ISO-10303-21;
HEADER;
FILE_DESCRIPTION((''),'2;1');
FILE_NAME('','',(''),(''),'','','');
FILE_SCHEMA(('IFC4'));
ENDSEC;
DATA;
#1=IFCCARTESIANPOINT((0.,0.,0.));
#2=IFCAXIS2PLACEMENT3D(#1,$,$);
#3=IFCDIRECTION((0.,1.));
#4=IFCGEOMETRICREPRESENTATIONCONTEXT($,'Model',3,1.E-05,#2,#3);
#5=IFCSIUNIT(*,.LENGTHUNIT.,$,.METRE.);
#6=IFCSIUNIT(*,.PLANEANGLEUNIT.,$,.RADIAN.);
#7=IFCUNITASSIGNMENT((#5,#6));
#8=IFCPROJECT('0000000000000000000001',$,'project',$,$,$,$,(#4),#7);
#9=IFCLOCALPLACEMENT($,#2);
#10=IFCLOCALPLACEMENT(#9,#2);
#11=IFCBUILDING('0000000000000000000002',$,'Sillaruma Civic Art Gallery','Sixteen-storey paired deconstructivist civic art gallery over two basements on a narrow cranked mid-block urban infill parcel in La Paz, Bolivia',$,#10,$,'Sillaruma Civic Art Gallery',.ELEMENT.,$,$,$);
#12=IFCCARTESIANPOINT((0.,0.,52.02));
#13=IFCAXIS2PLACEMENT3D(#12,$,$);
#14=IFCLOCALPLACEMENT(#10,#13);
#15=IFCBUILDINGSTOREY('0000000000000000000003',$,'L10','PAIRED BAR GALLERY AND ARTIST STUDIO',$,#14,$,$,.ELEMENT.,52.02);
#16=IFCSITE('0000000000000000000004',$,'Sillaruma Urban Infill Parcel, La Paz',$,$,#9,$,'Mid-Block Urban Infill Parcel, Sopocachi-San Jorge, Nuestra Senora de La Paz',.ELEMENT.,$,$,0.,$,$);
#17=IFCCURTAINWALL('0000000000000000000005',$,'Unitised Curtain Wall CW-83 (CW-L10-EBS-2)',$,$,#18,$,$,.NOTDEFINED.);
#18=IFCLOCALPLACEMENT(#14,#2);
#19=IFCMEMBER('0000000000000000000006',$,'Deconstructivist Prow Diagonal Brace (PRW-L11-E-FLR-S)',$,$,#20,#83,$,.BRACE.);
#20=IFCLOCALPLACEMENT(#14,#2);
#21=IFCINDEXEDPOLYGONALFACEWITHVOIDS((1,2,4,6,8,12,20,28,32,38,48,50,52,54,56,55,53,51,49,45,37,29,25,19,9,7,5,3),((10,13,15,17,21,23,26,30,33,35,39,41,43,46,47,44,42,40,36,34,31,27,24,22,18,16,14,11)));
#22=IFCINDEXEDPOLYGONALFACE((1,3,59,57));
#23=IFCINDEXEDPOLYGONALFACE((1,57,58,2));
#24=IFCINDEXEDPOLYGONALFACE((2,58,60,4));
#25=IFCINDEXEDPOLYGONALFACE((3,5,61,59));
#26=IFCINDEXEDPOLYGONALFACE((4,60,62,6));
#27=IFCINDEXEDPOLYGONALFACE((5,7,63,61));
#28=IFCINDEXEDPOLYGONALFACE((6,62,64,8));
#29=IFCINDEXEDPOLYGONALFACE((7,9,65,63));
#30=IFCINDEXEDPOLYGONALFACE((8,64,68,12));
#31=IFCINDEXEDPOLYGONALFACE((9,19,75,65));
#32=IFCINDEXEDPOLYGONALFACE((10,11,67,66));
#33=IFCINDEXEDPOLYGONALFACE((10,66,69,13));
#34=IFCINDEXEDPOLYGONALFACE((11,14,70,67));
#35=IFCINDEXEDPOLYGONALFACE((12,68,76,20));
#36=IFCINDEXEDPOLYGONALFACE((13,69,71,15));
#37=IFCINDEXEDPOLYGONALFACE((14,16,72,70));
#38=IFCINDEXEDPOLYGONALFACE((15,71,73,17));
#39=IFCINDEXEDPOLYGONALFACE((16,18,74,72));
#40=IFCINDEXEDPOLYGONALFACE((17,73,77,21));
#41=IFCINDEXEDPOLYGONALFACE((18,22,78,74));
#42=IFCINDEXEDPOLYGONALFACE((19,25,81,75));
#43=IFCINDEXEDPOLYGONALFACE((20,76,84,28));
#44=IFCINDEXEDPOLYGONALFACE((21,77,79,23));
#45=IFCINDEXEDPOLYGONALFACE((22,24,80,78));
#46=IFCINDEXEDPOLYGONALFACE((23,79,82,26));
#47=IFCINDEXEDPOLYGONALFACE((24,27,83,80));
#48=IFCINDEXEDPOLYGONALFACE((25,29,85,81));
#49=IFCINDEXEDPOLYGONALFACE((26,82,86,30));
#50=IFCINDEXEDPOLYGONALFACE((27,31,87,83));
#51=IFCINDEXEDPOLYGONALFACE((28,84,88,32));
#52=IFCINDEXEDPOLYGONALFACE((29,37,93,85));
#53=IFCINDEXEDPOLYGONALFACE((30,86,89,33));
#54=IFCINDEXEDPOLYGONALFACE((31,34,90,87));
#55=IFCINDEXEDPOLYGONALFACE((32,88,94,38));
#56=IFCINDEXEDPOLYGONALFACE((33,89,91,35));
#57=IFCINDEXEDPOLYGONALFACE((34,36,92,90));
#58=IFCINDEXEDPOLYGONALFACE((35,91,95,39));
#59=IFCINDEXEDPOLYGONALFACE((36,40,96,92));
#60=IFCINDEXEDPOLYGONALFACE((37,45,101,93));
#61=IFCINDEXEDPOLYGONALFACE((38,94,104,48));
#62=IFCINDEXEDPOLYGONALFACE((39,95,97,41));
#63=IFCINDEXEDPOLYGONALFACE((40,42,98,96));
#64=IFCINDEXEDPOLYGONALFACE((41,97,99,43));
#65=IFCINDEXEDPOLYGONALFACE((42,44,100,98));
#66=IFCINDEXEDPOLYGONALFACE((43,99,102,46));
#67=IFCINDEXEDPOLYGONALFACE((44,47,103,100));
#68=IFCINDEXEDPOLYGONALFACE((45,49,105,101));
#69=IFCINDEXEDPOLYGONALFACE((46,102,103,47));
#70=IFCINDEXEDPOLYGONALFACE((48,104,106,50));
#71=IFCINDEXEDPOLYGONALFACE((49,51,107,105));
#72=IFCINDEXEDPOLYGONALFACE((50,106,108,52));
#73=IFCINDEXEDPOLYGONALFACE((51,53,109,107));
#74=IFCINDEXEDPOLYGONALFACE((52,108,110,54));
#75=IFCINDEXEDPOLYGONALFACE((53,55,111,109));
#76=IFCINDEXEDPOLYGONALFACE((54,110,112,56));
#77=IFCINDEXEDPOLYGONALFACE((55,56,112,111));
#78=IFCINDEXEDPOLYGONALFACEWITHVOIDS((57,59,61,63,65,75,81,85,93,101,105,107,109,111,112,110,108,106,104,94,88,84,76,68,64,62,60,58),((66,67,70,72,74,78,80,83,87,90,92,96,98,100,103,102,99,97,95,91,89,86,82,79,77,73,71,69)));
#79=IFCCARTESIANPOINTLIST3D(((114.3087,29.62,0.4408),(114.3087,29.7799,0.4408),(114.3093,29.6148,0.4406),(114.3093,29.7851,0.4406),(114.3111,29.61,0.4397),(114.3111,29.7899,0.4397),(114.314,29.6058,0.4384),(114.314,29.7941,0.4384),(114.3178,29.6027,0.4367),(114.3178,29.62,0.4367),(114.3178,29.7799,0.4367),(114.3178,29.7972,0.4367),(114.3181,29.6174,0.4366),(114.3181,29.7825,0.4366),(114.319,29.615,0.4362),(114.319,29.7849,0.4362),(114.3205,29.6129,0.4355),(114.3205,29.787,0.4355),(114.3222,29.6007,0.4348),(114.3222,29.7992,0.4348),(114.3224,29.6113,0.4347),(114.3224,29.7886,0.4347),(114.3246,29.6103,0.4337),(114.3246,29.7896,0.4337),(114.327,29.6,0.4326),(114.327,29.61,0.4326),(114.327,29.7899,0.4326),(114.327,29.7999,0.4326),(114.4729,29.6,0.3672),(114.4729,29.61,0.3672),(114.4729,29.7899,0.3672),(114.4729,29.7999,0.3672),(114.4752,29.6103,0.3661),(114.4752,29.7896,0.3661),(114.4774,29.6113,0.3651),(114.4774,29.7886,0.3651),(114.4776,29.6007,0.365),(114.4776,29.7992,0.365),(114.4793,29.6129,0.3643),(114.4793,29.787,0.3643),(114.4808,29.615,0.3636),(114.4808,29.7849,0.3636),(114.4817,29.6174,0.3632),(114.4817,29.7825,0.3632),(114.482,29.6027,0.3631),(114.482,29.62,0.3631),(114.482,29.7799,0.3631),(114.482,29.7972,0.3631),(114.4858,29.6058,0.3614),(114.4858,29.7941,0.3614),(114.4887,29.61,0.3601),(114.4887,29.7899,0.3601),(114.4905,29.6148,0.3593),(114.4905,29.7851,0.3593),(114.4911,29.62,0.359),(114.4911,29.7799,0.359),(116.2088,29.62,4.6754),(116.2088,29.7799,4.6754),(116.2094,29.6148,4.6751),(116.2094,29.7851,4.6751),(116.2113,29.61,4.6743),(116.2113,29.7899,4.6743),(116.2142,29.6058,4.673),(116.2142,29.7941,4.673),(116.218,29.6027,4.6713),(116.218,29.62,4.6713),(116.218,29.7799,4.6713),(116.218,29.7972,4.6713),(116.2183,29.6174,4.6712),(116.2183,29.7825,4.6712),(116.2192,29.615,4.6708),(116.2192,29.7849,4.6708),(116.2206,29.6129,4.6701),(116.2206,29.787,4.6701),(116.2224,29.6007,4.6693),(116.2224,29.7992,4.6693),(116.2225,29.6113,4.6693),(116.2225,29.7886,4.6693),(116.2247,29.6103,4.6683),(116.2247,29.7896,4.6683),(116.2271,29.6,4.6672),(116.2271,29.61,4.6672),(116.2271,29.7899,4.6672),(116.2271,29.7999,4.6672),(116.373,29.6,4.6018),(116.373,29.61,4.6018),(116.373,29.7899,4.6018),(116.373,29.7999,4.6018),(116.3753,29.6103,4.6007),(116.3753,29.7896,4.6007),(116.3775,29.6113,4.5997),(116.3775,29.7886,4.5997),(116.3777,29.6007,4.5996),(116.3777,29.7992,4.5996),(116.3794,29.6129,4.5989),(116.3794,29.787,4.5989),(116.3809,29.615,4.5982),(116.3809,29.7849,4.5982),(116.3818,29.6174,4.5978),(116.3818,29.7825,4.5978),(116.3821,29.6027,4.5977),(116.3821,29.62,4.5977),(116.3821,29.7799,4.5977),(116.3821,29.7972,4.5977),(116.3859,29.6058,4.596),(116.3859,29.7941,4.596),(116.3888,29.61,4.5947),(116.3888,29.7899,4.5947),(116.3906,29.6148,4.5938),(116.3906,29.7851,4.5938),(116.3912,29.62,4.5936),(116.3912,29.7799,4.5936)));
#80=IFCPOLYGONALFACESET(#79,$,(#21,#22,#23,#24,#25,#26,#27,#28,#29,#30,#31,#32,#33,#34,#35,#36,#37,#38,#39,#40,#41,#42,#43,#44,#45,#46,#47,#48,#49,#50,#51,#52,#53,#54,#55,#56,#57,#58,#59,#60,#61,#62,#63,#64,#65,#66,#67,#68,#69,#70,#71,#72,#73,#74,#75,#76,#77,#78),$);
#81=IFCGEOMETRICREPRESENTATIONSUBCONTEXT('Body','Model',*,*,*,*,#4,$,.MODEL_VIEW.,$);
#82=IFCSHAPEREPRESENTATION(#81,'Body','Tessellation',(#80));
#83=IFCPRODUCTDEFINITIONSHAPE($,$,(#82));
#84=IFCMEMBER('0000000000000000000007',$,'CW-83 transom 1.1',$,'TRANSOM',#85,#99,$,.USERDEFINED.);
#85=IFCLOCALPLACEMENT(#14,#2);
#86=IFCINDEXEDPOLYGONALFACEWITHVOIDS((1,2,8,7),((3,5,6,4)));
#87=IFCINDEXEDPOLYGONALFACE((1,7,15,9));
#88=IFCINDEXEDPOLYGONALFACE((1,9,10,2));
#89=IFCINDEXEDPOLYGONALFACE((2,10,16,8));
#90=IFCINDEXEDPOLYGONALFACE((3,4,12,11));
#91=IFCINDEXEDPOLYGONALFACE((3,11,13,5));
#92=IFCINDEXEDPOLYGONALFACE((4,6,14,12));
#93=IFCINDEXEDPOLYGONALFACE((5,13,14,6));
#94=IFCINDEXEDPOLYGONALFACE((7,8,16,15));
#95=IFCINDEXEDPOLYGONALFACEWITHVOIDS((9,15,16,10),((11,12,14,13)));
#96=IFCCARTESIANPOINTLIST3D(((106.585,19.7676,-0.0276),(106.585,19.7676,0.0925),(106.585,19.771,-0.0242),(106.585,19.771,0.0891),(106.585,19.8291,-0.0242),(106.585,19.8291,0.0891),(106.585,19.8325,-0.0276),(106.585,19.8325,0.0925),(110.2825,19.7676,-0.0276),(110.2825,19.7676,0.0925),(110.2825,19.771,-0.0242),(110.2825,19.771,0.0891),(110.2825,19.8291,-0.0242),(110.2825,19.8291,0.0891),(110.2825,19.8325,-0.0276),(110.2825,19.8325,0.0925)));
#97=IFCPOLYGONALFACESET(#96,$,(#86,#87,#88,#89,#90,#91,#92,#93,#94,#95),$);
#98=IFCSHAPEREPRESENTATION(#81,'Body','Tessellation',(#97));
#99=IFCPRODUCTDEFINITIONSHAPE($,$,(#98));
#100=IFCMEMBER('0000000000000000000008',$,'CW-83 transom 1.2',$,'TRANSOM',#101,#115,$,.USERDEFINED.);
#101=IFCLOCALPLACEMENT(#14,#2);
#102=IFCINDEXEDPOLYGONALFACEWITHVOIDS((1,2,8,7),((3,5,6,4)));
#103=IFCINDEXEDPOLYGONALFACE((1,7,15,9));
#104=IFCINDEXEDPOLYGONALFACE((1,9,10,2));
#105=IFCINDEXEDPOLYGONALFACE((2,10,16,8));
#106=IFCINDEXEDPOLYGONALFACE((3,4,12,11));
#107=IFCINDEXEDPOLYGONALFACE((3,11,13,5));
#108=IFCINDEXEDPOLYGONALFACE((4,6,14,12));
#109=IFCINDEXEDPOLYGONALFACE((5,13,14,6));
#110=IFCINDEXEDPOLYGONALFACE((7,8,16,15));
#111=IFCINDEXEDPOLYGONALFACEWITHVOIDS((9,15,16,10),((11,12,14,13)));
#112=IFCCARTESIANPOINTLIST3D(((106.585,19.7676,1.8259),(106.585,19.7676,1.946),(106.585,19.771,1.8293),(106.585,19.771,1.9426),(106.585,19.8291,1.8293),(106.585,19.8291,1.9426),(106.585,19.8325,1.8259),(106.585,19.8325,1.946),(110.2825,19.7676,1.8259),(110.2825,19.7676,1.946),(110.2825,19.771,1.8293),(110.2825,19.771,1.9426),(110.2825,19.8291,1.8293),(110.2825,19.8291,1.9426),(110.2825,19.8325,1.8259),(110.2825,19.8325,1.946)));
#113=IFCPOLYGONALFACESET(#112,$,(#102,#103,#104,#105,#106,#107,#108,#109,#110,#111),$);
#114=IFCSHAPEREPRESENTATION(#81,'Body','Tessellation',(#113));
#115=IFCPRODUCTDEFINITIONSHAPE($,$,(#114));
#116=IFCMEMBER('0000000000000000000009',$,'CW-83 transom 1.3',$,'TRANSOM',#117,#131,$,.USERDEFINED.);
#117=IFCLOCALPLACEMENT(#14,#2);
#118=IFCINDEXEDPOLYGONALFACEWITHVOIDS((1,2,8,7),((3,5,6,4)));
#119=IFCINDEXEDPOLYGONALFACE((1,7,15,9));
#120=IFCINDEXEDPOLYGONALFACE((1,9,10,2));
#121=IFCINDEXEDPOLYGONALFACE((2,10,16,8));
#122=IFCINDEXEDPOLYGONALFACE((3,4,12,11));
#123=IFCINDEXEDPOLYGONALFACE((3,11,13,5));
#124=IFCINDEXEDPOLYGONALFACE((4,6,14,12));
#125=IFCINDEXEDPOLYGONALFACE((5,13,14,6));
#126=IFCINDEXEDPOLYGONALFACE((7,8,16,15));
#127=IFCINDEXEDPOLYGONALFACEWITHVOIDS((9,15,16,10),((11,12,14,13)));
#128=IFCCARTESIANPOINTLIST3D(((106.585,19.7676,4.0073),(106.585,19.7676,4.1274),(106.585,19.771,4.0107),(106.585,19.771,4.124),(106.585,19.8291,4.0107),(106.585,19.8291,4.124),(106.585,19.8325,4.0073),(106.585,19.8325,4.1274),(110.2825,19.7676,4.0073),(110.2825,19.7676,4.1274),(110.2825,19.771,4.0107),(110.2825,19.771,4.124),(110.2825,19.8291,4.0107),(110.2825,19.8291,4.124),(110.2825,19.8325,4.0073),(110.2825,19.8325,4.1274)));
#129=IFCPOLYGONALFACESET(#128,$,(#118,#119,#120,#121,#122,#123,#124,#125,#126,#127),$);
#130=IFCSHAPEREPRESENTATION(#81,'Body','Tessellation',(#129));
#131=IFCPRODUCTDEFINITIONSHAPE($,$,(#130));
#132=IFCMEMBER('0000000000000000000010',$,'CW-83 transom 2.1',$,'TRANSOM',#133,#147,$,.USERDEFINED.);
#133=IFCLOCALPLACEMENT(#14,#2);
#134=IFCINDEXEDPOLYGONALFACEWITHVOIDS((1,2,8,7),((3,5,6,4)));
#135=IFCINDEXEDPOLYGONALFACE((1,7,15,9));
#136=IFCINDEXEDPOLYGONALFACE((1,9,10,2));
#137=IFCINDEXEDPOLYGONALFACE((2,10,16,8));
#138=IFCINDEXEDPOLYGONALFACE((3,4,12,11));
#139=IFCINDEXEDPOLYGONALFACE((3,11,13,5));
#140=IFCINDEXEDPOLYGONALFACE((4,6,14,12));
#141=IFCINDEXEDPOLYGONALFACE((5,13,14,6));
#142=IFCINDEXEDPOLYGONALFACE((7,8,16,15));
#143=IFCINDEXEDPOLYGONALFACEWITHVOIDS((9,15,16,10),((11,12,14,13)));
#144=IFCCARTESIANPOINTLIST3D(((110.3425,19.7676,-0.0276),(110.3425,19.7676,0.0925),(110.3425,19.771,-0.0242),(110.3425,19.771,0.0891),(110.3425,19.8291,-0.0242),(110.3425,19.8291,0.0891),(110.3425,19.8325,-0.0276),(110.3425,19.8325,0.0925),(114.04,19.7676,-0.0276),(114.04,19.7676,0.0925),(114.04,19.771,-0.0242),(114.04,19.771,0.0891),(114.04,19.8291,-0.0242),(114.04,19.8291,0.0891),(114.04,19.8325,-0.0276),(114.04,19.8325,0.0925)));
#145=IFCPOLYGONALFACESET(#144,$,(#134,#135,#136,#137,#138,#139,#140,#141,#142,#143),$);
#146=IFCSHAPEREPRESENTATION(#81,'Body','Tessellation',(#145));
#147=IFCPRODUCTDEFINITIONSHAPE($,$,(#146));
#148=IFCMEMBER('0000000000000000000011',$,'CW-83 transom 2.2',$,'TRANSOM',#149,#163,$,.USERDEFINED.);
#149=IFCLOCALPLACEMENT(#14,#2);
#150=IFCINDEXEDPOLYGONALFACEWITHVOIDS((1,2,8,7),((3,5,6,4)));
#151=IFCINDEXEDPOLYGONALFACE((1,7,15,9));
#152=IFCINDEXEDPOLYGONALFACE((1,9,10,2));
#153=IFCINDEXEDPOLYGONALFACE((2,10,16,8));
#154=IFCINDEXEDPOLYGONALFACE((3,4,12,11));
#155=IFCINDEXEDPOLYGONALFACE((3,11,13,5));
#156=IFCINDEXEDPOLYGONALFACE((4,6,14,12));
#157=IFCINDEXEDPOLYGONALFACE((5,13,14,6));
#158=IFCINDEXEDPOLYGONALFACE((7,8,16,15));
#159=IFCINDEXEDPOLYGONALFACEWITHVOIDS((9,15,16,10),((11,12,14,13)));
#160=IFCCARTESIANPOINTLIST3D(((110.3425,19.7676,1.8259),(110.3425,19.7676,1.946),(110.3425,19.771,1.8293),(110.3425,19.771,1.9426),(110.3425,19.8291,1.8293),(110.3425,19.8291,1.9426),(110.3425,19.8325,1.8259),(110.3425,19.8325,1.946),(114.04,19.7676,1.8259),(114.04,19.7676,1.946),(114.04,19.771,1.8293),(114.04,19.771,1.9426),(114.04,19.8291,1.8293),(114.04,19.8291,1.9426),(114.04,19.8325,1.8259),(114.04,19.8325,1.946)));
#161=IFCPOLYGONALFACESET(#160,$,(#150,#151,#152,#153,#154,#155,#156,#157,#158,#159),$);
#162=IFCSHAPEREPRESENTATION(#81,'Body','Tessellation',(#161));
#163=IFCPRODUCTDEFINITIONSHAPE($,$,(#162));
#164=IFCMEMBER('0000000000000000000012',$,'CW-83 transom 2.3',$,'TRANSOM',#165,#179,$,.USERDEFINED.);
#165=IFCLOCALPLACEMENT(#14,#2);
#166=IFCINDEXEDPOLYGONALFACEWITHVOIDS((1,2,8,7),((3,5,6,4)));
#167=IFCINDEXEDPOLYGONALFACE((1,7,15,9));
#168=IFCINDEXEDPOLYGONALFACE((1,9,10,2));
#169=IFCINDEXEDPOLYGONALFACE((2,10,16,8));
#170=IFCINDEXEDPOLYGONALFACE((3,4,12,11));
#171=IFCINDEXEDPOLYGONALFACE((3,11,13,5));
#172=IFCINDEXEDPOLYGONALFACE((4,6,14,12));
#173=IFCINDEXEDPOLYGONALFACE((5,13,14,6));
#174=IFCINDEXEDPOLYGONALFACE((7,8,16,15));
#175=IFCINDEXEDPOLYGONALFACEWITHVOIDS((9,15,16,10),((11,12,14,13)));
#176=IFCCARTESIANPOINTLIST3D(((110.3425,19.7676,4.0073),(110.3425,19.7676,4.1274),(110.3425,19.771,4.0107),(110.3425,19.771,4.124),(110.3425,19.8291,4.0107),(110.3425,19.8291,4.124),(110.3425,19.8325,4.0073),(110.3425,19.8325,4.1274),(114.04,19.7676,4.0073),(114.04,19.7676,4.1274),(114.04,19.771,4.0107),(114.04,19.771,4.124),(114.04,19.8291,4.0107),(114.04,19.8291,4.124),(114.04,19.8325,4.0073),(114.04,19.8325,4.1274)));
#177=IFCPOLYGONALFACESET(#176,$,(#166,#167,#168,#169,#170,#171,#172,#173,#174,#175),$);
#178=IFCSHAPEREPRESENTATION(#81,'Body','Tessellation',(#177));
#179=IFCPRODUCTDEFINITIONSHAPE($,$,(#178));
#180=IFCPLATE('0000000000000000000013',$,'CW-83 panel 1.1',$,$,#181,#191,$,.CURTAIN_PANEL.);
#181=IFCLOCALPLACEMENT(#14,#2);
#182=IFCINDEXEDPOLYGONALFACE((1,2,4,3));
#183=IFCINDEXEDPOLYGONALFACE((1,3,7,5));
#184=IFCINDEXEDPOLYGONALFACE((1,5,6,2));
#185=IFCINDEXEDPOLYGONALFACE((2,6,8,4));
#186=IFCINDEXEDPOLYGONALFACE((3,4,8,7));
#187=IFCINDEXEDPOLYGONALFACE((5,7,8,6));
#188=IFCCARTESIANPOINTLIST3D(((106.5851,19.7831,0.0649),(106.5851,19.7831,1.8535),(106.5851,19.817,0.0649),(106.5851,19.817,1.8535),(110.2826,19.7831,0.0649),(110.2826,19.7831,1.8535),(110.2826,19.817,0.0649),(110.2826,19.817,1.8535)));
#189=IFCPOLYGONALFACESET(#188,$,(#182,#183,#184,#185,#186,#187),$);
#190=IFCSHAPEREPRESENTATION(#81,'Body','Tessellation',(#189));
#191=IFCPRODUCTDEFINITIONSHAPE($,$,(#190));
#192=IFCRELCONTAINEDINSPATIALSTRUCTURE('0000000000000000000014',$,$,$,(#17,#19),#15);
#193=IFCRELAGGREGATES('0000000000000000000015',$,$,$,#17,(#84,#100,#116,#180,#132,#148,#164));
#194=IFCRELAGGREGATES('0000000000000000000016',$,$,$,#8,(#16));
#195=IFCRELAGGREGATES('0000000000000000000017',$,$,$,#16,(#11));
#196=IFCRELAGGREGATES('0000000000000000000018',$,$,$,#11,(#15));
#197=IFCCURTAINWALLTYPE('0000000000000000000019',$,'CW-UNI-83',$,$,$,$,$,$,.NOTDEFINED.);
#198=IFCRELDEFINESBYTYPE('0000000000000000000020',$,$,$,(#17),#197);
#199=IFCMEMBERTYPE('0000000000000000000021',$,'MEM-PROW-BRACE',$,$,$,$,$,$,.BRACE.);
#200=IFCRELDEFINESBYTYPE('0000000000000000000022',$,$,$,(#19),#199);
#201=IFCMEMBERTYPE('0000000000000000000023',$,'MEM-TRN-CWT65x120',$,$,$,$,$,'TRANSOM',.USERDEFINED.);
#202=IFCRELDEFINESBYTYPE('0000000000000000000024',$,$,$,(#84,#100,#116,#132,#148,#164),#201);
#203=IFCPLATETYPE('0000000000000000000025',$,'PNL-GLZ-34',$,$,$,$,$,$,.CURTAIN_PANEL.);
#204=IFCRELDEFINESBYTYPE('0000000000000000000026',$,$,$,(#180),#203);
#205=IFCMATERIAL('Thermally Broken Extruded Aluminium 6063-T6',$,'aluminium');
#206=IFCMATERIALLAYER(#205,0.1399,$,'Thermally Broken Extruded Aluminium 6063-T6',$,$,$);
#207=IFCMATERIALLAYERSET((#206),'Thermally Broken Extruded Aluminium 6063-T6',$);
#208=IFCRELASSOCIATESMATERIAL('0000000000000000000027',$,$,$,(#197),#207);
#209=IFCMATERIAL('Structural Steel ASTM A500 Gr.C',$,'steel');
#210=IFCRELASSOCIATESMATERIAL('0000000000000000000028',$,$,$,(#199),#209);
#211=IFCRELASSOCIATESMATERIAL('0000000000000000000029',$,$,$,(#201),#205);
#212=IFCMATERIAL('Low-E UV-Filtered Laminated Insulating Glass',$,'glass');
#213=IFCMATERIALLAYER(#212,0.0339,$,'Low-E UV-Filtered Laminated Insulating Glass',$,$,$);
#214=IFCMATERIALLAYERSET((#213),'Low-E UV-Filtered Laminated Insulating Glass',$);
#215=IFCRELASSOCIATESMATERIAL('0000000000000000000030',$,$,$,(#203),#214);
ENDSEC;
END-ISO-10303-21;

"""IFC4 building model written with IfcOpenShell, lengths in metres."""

from ifc_helpers import new_model, si_unit, direction, frame, origin, origin_2d, place, context, subcontext, project, spatial, rectangle, hollow_rectangle, extrude, material, layer, layer_set, material_profile, profile_set, type_object, element, aggregate, save


model = new_model("IFC4")

# Units and contexts
model_context = context("Model", 3, precision=1e-05, world=origin(), true_north=direction((0.0, 1.0)))
body_context = subcontext(model_context, "Body", "Model", "MODEL_VIEW")
ifc_project = project(units=[si_unit("LENGTHUNIT", "METRE"), si_unit("PLANEANGLEUNIT", "RADIAN")], contexts=[model_context])

# Site, building, storey
site_placement = place(None, origin())
site = spatial("IfcSite", under=ifc_project, at=site_placement, Name="Sillaruma Urban Infill Parcel, La Paz", LongName="Mid-Block Urban Infill Parcel, Sopocachi-San Jorge, Nuestra Senora de La Paz", CompositionType="ELEMENT", RefElevation=0.0)
building_placement = place(site_placement, origin())
building = spatial("IfcBuilding", under=site, at=building_placement, Name="Sillaruma Civic Art Gallery", Description="Sixteen-storey paired deconstructivist civic art gallery over two basements on a narrow cranked mid-block urban infill parcel in La Paz, Bolivia", LongName="Sillaruma Civic Art Gallery", CompositionType="ELEMENT")
storey_placement = place(building_placement, frame((0.0, 0.0, 52.02)))
storey = spatial("IfcBuildingStorey", under=building, at=storey_placement, Name="L10", Description="PAIRED BAR GALLERY AND ARTIST STUDIO", CompositionType="ELEMENT", Elevation=52.02)

# Shared definitions
ifc_material_1 = material(Name="Structural Steel ASTM A500 Gr.C", Category="steel")

# Curtain wall
ifc_material_2 = material(Name="Thermally Broken Extruded Aluminium 6063-T6", Category="aluminium")
ifc_layer_1 = layer(ifc_material_2, 0.1399, Name="Thermally Broken Extruded Aluminium 6063-T6")
ifc_layer_set_1 = layer_set([ifc_layer_1], Name="Thermally Broken Extruded Aluminium 6063-T6")
curtain_wall_type = type_object("IfcCurtainWallType", Name="CW-UNI-83", PredefinedType="NOTDEFINED", material=ifc_layer_set_1)
curtain_wall_placement = place(storey_placement, origin())
curtain_wall = element("IfcCurtainWall", 1, at=curtain_wall_placement, inside=storey, type_object=curtain_wall_type, Name="Unitised Curtain Wall CW-83 (CW-L10-EBS-2)", PredefinedType="NOTDEFINED")

# Members
ifc_material_profile_1 = material_profile(ifc_material_1, hollow_rectangle(XDim=0.2, YDim=0.2, WallThickness=0.01, InnerFilletRadius=0.01, OuterFilletRadius=0.02, at=origin_2d()), Name="HSS200x200x10")
ifc_profile_set_1 = profile_set([ifc_material_profile_1], Name="Structural Steel ASTM A500 Gr.C")
member_type_1 = type_object("IfcMemberType", Name="MEM-PROW-BRACE", PredefinedType="BRACE", material=ifc_profile_set_1)
member_1_placement = place(storey_placement, frame((114.3999, 29.7, 0.3999), z_axis=(0.409391, 0.0, 0.912359), x_axis=(0.0, 1.0, 0.0)))
element("IfcMember", 2, at=member_1_placement, inside=storey, type_object=member_type_1, Name="Deconstructivist Prow Diagonal Brace (PRW-L11-E-FLR-S)", PredefinedType="BRACE", context=body_context, shape_type="SweptSolid", body=[
    extrude(hollow_rectangle(XDim=0.2, YDim=0.2, WallThickness=0.01, InnerFilletRadius=0.01, OuterFilletRadius=0.02, at=origin_2d()), origin(), (0.0, 0.0, 1.0), 4.6414),
])
ifc_material_profile_2 = material_profile(ifc_material_2, hollow_rectangle(XDim=0.0649, YDim=0.1201, WallThickness=0.0034, at=origin_2d()), Name="CWT65x120")
ifc_profile_set_2 = profile_set([ifc_material_profile_2], Name="Thermally Broken Extruded Aluminium 6063-T6")
member_type_2 = type_object("IfcMemberType", Name="MEM-TRN-CWT65x120", ElementType="TRANSOM", PredefinedType="USERDEFINED", material=ifc_profile_set_2)
member_2_placement = place(storey_placement, frame((106.585, 19.8, 0.0325), z_axis=(1.0, 0.0, 0.0), x_axis=(0.0, 1.0, 0.0)))
member_2 = element("IfcMember", 3, at=member_2_placement, type_object=member_type_2, Name="CW-83 transom 1.1", ObjectType="TRANSOM", PredefinedType="USERDEFINED", context=body_context, shape_type="SweptSolid", body=[
    extrude(hollow_rectangle(XDim=0.0649, YDim=0.1201, WallThickness=0.0034, at=origin_2d()), origin(), (0.0, 0.0, 1.0), 3.6975),
])
member_3_placement = place(storey_placement, frame((106.585, 19.8, 1.886), z_axis=(1.0, 0.0, 0.0), x_axis=(0.0, 1.0, 0.0)))
member_3 = element("IfcMember", 4, at=member_3_placement, type_object=member_type_2, Name="CW-83 transom 1.2", ObjectType="TRANSOM", PredefinedType="USERDEFINED", context=body_context, shape_type="SweptSolid", body=[
    extrude(hollow_rectangle(XDim=0.0649, YDim=0.1201, WallThickness=0.0034, at=origin_2d()), origin(), (0.0, 0.0, 1.0), 3.6975),
])
member_4_placement = place(storey_placement, frame((106.585, 19.8, 4.0674), z_axis=(1.0, 0.0, 0.0), x_axis=(0.0, 1.0, 0.0)))
member_4 = element("IfcMember", 5, at=member_4_placement, type_object=member_type_2, Name="CW-83 transom 1.3", ObjectType="TRANSOM", PredefinedType="USERDEFINED", context=body_context, shape_type="SweptSolid", body=[
    extrude(hollow_rectangle(XDim=0.0649, YDim=0.1201, WallThickness=0.0034, at=origin_2d()), origin(), (0.0, 0.0, 1.0), 3.6975),
])
member_5_placement = place(storey_placement, frame((110.3425, 19.8, 0.0325), z_axis=(1.0, 0.0, 0.0), x_axis=(0.0, 1.0, 0.0)))
member_5 = element("IfcMember", 6, at=member_5_placement, type_object=member_type_2, Name="CW-83 transom 2.1", ObjectType="TRANSOM", PredefinedType="USERDEFINED", context=body_context, shape_type="SweptSolid", body=[
    extrude(hollow_rectangle(XDim=0.0649, YDim=0.1201, WallThickness=0.0034, at=origin_2d()), origin(), (0.0, 0.0, 1.0), 3.6975),
])
member_6_placement = place(storey_placement, frame((110.3425, 19.8, 1.886), z_axis=(1.0, 0.0, 0.0), x_axis=(0.0, 1.0, 0.0)))
member_6 = element("IfcMember", 7, at=member_6_placement, type_object=member_type_2, Name="CW-83 transom 2.2", ObjectType="TRANSOM", PredefinedType="USERDEFINED", context=body_context, shape_type="SweptSolid", body=[
    extrude(hollow_rectangle(XDim=0.0649, YDim=0.1201, WallThickness=0.0034, at=origin_2d()), origin(), (0.0, 0.0, 1.0), 3.6975),
])
member_7_placement = place(storey_placement, frame((110.3425, 19.8, 4.0674), z_axis=(1.0, 0.0, 0.0), x_axis=(0.0, 1.0, 0.0)))
member_7 = element("IfcMember", 8, at=member_7_placement, type_object=member_type_2, Name="CW-83 transom 2.3", ObjectType="TRANSOM", PredefinedType="USERDEFINED", context=body_context, shape_type="SweptSolid", body=[
    extrude(hollow_rectangle(XDim=0.0649, YDim=0.1201, WallThickness=0.0034, at=origin_2d()), origin(), (0.0, 0.0, 1.0), 3.6975),
])

# Plate
ifc_material_3 = material(Name="Low-E UV-Filtered Laminated Insulating Glass", Category="glass")
ifc_layer_2 = layer(ifc_material_3, 0.0339, Name="Low-E UV-Filtered Laminated Insulating Glass")
ifc_layer_set_2 = layer_set([ifc_layer_2], Name="Low-E UV-Filtered Laminated Insulating Glass")
plate_type = type_object("IfcPlateType", Name="PNL-GLZ-34", PredefinedType="CURTAIN_PANEL", material=ifc_layer_set_2)
plate_1_placement = place(storey_placement, frame((108.4338, 19.8, 0.0649), z_axis=(0.0, 0.0, 1.0), x_axis=(1.0, 0.0, 0.0)))
plate_1 = element("IfcPlate", 9, at=plate_1_placement, type_object=plate_type, Name="CW-83 panel 1.1", PredefinedType="CURTAIN_PANEL", context=body_context, shape_type="SweptSolid", body=[
    extrude(rectangle(XDim=3.6975, YDim=0.0339, at=origin_2d()), origin(), (0.0, 0.0, 1.0), 1.7886),
])
aggregate(curtain_wall, [member_2, member_3, member_4, plate_1, member_5, member_6, member_7])

save(model, "model.ifc")
